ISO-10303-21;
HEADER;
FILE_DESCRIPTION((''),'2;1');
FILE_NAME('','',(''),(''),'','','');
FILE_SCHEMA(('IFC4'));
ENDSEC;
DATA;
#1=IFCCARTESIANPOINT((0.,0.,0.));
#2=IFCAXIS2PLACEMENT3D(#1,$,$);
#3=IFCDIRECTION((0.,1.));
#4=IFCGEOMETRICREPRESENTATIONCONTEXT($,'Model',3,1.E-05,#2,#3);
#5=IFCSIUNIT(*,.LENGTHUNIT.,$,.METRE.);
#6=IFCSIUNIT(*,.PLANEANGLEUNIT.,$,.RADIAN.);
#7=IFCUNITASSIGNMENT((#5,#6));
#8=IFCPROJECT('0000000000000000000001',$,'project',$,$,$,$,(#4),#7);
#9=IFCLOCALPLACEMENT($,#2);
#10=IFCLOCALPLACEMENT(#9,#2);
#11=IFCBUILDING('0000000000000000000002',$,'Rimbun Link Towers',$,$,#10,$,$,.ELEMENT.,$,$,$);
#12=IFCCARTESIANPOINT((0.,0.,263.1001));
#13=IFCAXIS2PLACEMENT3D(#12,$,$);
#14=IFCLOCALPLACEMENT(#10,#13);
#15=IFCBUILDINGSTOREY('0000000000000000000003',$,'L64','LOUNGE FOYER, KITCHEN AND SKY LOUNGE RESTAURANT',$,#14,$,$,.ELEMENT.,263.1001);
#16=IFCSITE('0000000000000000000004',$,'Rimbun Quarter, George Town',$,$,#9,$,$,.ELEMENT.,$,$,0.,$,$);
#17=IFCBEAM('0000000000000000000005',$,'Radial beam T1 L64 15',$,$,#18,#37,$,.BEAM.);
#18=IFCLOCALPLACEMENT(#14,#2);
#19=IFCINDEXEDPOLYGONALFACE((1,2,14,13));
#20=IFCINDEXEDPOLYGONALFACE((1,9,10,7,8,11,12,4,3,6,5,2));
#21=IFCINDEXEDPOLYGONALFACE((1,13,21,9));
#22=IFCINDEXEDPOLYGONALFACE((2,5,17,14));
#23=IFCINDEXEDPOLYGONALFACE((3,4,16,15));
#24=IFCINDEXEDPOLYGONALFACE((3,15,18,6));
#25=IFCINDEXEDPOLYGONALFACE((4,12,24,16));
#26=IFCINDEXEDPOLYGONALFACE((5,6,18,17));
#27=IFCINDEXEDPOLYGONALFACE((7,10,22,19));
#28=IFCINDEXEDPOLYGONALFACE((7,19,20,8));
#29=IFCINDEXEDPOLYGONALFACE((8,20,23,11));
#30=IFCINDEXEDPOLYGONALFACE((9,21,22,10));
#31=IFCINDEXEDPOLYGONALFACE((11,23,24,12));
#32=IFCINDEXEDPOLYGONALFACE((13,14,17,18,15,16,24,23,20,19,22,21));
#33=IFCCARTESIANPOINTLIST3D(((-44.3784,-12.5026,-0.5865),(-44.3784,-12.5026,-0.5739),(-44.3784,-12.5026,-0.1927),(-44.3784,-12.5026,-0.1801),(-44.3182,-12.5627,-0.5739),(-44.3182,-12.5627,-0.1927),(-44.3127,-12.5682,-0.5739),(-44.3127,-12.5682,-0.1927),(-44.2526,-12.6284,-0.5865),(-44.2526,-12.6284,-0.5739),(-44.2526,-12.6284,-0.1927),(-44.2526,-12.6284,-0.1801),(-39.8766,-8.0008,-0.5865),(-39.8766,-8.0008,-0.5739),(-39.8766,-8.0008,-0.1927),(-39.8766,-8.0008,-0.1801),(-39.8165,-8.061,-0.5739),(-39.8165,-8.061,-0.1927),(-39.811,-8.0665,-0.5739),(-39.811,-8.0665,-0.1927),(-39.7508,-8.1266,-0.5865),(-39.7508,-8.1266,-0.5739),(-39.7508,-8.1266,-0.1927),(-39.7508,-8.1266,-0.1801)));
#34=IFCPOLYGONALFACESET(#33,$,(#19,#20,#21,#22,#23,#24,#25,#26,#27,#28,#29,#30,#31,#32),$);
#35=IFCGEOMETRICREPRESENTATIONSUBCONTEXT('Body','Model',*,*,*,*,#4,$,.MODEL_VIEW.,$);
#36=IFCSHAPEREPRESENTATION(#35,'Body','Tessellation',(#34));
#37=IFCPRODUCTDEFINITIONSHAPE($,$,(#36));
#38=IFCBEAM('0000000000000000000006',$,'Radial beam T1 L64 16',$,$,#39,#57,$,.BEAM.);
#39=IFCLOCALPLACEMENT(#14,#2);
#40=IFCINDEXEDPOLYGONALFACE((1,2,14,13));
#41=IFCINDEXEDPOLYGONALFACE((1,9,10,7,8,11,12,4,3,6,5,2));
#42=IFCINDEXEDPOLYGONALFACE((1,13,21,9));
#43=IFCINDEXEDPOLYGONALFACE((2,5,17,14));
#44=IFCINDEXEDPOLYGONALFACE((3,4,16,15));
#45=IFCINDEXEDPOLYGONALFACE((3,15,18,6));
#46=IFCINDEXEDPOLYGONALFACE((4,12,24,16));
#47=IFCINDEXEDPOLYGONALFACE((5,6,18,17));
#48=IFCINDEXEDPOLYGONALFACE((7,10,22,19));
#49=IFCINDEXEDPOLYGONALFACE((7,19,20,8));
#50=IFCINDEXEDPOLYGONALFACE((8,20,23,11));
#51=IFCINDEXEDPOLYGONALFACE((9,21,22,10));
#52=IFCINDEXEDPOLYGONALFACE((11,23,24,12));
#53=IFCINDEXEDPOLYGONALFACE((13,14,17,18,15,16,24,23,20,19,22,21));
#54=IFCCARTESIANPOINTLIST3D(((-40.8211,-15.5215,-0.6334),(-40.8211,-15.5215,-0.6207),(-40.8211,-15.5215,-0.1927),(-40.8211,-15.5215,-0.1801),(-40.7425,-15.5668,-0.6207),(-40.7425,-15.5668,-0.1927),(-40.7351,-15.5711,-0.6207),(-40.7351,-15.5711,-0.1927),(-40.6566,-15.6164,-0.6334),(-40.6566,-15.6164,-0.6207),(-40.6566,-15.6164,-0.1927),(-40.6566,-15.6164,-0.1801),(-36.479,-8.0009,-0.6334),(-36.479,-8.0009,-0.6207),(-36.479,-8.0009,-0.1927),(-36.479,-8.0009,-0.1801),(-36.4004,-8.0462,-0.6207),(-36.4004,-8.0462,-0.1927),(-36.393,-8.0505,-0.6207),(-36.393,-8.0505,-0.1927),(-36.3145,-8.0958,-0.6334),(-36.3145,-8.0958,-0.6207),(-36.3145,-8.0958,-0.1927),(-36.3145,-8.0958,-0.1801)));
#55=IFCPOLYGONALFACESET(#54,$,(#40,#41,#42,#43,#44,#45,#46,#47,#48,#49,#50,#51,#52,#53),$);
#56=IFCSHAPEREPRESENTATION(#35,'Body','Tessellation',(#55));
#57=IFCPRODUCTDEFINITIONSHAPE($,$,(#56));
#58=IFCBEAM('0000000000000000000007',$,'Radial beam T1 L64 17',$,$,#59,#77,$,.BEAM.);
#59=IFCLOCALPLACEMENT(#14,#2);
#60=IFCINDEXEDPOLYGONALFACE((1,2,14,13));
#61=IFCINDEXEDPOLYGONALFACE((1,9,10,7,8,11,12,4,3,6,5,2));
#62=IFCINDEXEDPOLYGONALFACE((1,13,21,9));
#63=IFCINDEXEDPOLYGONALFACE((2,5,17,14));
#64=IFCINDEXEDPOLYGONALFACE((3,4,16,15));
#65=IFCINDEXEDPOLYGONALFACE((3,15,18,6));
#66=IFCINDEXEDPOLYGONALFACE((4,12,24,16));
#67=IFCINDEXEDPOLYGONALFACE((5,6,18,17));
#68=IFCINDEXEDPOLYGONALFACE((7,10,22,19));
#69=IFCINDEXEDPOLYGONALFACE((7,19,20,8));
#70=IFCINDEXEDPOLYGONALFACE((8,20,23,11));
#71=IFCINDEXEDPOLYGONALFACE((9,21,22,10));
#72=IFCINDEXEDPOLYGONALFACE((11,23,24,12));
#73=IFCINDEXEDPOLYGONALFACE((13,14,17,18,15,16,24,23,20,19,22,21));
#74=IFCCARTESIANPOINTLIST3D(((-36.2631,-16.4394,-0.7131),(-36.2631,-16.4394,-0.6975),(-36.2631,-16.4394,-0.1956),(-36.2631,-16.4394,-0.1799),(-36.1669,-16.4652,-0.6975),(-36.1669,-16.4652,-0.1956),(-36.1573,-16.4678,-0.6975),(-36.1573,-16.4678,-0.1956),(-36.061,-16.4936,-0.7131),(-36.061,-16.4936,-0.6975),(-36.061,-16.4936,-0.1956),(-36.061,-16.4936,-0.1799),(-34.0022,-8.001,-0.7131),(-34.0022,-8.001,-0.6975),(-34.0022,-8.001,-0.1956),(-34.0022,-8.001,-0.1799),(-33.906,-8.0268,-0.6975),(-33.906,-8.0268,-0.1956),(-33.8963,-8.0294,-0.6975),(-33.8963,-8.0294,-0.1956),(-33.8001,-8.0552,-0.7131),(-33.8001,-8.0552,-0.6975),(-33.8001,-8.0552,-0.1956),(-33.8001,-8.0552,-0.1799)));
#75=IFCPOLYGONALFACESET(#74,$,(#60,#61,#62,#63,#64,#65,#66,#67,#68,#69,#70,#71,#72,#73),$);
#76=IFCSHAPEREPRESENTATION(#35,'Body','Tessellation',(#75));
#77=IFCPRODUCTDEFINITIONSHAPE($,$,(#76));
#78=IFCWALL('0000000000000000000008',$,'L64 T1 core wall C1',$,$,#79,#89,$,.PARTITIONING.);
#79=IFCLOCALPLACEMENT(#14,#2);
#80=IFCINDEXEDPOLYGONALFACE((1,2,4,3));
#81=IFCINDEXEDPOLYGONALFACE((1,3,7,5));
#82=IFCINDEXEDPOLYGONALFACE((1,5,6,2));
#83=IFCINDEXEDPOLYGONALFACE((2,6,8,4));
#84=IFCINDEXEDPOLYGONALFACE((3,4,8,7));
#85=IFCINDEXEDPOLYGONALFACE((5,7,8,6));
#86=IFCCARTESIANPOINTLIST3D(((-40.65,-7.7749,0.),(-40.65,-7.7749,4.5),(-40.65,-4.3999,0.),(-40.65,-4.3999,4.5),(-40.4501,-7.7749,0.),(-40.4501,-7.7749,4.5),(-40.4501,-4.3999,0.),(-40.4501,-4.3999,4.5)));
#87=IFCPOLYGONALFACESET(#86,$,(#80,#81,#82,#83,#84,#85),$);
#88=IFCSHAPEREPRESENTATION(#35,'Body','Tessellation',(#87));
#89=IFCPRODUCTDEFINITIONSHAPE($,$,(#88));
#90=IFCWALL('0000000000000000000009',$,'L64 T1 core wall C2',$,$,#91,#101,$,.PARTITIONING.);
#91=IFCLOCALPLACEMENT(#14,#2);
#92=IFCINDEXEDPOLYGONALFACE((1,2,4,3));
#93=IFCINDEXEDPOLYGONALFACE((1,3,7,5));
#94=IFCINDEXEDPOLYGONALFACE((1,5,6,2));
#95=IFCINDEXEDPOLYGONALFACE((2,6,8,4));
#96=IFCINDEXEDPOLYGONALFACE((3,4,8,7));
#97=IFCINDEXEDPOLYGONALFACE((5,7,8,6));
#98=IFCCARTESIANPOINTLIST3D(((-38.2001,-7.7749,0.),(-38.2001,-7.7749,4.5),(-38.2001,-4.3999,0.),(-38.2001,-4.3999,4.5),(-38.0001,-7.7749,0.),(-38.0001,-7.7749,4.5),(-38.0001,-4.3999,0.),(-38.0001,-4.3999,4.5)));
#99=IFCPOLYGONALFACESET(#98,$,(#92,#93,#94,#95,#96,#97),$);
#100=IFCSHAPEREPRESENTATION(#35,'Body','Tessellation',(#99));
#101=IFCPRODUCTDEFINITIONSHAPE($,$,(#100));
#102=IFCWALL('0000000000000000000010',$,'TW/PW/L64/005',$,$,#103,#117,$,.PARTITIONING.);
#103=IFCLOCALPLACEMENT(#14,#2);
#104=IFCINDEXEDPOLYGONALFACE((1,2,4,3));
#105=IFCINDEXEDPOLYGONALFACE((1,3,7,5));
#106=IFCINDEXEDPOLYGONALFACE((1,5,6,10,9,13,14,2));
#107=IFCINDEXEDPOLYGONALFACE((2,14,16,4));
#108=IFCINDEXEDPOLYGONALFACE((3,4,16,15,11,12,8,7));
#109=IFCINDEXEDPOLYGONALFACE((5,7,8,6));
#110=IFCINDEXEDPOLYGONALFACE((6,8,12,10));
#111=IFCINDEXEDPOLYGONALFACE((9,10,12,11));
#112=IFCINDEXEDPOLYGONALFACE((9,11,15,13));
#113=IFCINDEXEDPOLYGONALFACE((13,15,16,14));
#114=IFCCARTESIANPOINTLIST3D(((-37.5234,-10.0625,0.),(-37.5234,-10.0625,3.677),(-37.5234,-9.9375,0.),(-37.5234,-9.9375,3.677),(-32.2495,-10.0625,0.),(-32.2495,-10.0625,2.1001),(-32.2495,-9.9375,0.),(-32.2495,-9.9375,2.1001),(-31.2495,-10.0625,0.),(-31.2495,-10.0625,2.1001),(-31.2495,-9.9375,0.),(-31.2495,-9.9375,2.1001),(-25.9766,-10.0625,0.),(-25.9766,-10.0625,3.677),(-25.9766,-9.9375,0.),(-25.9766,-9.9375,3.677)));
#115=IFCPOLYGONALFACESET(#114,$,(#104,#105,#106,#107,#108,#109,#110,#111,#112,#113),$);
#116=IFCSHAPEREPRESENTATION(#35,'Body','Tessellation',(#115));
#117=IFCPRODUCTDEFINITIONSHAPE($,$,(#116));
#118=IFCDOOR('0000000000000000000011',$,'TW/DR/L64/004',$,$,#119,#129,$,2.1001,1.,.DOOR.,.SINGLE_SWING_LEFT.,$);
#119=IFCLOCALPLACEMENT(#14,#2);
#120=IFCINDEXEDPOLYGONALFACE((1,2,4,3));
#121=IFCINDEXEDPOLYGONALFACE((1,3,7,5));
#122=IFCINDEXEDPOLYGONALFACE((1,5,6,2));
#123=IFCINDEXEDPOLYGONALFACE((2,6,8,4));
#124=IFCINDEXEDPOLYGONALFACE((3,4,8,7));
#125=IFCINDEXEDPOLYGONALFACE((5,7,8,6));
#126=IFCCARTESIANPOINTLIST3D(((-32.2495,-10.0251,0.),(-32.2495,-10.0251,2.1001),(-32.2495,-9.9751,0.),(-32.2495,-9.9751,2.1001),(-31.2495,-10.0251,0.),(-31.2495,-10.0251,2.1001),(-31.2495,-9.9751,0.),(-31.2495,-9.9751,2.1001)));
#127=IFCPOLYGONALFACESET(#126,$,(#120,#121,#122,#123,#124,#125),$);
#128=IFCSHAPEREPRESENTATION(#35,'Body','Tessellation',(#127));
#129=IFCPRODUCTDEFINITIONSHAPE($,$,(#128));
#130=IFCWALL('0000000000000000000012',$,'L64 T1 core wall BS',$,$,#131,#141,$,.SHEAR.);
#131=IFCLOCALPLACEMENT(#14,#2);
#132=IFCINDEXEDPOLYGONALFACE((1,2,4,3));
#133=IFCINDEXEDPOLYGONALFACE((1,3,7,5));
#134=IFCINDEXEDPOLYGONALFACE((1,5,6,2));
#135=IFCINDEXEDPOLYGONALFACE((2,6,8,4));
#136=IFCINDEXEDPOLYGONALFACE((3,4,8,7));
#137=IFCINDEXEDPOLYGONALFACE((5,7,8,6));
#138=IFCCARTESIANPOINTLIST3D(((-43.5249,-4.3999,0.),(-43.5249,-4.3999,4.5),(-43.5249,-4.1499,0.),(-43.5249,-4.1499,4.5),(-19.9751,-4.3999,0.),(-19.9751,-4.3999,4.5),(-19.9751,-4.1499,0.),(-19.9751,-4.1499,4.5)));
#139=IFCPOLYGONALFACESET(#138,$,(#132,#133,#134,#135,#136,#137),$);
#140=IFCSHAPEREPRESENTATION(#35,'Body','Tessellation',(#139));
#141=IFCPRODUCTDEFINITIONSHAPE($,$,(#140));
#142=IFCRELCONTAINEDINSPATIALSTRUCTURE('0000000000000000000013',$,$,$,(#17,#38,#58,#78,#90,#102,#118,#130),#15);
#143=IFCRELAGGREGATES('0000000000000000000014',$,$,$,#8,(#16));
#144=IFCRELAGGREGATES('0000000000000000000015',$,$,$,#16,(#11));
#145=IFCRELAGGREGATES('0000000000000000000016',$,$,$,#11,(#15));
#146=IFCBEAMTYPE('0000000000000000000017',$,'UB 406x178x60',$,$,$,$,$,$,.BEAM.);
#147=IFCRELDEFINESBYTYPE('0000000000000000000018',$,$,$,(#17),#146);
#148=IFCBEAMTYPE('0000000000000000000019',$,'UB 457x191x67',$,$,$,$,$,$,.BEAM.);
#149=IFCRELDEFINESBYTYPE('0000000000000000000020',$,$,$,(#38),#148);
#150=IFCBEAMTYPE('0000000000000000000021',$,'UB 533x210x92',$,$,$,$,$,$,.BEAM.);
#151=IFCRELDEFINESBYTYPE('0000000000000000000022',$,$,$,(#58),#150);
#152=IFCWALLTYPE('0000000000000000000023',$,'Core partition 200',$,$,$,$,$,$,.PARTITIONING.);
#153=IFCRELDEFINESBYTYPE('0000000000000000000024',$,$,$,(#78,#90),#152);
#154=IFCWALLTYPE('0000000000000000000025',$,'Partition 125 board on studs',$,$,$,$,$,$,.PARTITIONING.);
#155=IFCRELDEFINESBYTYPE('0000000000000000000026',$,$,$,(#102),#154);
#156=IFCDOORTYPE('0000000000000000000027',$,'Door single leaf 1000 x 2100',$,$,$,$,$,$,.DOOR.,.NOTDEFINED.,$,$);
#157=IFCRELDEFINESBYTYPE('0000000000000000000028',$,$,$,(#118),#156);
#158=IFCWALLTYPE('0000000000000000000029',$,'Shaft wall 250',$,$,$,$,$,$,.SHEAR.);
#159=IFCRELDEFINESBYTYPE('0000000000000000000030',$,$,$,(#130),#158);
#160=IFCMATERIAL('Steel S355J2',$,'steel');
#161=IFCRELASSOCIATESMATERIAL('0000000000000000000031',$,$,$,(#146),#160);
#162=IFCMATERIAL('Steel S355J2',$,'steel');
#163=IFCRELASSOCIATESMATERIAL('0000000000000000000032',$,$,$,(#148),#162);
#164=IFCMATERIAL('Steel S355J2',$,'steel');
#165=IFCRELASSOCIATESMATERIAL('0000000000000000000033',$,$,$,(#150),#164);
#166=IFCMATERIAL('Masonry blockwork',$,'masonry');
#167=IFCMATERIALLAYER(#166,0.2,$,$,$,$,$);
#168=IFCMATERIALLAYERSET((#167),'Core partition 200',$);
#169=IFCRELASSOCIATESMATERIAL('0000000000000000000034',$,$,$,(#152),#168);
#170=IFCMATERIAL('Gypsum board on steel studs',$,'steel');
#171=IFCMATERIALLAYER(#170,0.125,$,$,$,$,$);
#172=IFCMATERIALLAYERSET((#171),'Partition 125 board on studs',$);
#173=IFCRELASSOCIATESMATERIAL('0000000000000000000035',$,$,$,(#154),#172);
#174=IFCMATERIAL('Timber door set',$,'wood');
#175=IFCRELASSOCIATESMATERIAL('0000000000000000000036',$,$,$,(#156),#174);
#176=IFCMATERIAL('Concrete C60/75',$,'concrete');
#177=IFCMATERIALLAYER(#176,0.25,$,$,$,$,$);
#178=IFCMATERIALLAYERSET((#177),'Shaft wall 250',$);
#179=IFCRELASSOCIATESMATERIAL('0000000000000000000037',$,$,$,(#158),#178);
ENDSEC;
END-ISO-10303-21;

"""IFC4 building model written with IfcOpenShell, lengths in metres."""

from ifc_helpers import new_model, si_unit, direction, frame, frame_2d, origin, origin_2d, place, context, subcontext, project, spatial, rectangle, i_section, extrude, material, layer, layer_set, material_profile, profile_set, type_object, element, fill, save


model = new_model("IFC4")

# Units and contexts
model_context = context("Model", 3, precision=1e-05, world=origin(), true_north=direction((0.0, 1.0)))
body_context = subcontext(model_context, "Body", "Model", "MODEL_VIEW")
ifc_project = project(units=[si_unit("LENGTHUNIT", "METRE"), si_unit("PLANEANGLEUNIT", "RADIAN")], contexts=[model_context])

# Site, building, storey
site_placement = place(None, origin())
site = spatial("IfcSite", under=ifc_project, at=site_placement, Name="Rimbun Quarter, George Town", CompositionType="ELEMENT", RefElevation=0.0)
building_placement = place(site_placement, origin())
building = spatial("IfcBuilding", under=site, at=building_placement, Name="Rimbun Link Towers", CompositionType="ELEMENT")
storey_placement = place(building_placement, frame((0.0, 0.0, 263.1001)))
storey = spatial("IfcBuildingStorey", under=building, at=storey_placement, Name="L64", Description="LOUNGE FOYER, KITCHEN AND SKY LOUNGE RESTAURANT", CompositionType="ELEMENT", Elevation=263.1001)

# Beams
ifc_material_1 = material(Name="Steel S355J2", Category="steel")
ifc_material_profile_1 = material_profile(ifc_material_1, i_section(OverallWidth=0.178, OverallDepth=0.4065, WebThickness=0.0078, FlangeThickness=0.0127, at=origin_2d()), Name="UB 406x178x60")
ifc_profile_set_1 = profile_set([ifc_material_profile_1], Name="Steel S355J2")
beam_type_1 = type_object("IfcBeamType", Name="UB 406x178x60", PredefinedType="BEAM", material=ifc_profile_set_1)
beam_1_placement = place(storey_placement, frame((-39.8137, -8.0637, -0.3833), z_axis=(-0.707107, -0.707107, 0.0), x_axis=(0.707107, -0.707107, 0.0)))
element("IfcBeam", 1, at=beam_1_placement, inside=storey, type_object=beam_type_1, Name="Radial beam T1 L64 15", PredefinedType="BEAM", context=body_context, shape_type="SweptSolid", body=[
    extrude(i_section(OverallWidth=0.178, OverallDepth=0.4065, WebThickness=0.0078, FlangeThickness=0.0127, at=origin_2d()), origin(), (0.0, 0.0, 1.0), 6.3665),
])
ifc_material_2 = material(Name="Steel S355J2", Category="steel")
ifc_material_profile_2 = material_profile(ifc_material_2, i_section(OverallWidth=0.1899, OverallDepth=0.4534, WebThickness=0.0085, FlangeThickness=0.0127, at=origin_2d()), Name="UB 457x191x67")
ifc_profile_set_2 = profile_set([ifc_material_profile_2], Name="Steel S355J2")
beam_type_2 = type_object("IfcBeamType", Name="UB 457x191x67", PredefinedType="BEAM", material=ifc_profile_set_2)
beam_2_placement = place(storey_placement, frame((-36.3967, -8.0483, -0.4067), z_axis=(-0.500006, -0.866022, 0.0), x_axis=(0.866022, -0.500006, 0.0)))
element("IfcBeam", 2, at=beam_2_placement, inside=storey, type_object=beam_type_2, Name="Radial beam T1 L64 16", PredefinedType="BEAM", context=body_context, shape_type="SweptSolid", body=[
    extrude(i_section(OverallWidth=0.1899, OverallDepth=0.4534, WebThickness=0.0085, FlangeThickness=0.0127, at=origin_2d()), origin(), (0.0, 0.0, 1.0), 8.6841),
])
ifc_material_3 = material(Name="Steel S355J2", Category="steel")
ifc_material_profile_3 = material_profile(ifc_material_3, i_section(OverallWidth=0.2092, OverallDepth=0.5332, WebThickness=0.01, FlangeThickness=0.0156, at=origin_2d()), Name="UB 533x210x92")
ifc_profile_set_3 = profile_set([ifc_material_profile_3], Name="Steel S355J2")
beam_type_3 = type_object("IfcBeamType", Name="UB 533x210x92", PredefinedType="BEAM", material=ifc_profile_set_3)
beam_3_placement = place(storey_placement, frame((-33.9011, -8.0281, -0.4465), z_axis=(-0.258809, -0.965929, 0.0), x_axis=(0.965929, -0.258809, 0.0)))
element("IfcBeam", 3, at=beam_3_placement, inside=storey, type_object=beam_type_3, Name="Radial beam T1 L64 17", PredefinedType="BEAM", context=body_context, shape_type="SweptSolid", body=[
    extrude(i_section(OverallWidth=0.2092, OverallDepth=0.5332, WebThickness=0.01, FlangeThickness=0.0156, at=origin_2d()), origin(), (0.0, 0.0, 1.0), 8.7361),
])

# Walls
ifc_material_4 = material(Name="Masonry blockwork", Category="masonry")
ifc_layer_1 = layer(ifc_material_4, 0.2)
ifc_layer_set_1 = layer_set([ifc_layer_1], Name="Core partition 200")
wall_type_1 = type_object("IfcWallType", Name="Core partition 200", PredefinedType="PARTITIONING", material=ifc_layer_set_1)
for number, where, z_axis, x_axis, name in (
    (4, (-40.55, -4.3999, 0.0), (0.0, 0.0, 1.0), (0.0, -1.0, 0.0), "L64 T1 core wall C1"),
    (5, (-38.1001, -4.3999, 0.0), (0.0, 0.0, 1.0), (0.0, -1.0, 0.0), "L64 T1 core wall C2"),
):
    element("IfcWall", number, at=place(storey_placement, frame(where, z_axis=z_axis, x_axis=x_axis)), inside=storey, type_object=wall_type_1, Name=name, PredefinedType="PARTITIONING", context=body_context, shape_type="SweptSolid", body=[
        extrude(rectangle(XDim=3.375, YDim=0.2, at=frame_2d((1.6875, 0.0))), origin(), (0.0, 0.0, 1.0), 4.5),
    ])

# Wall, opening, door
ifc_material_5 = material(Name="Gypsum board on steel studs", Category="steel")
ifc_layer_2 = layer(ifc_material_5, 0.125)
ifc_layer_set_2 = layer_set([ifc_layer_2], Name="Partition 125 board on studs")
wall_type_2 = type_object("IfcWallType", Name="Partition 125 board on studs", PredefinedType="PARTITIONING", material=ifc_layer_set_2)
wall_1_placement = place(storey_placement, frame((-37.5234, -10.0, 0.0), z_axis=(0.0, 0.0, 1.0), x_axis=(1.0, 0.0, 0.0)))
wall_1 = element("IfcWall", 6, at=wall_1_placement, inside=storey, type_object=wall_type_2, Name="TW/PW/L64/005", PredefinedType="PARTITIONING", context=body_context, shape_type="SweptSolid", body=[
    extrude(rectangle(XDim=11.5469, YDim=0.125, at=frame_2d((5.7734, 0.0))), origin(), (0.0, 0.0, 1.0), 3.677),
])
opening_1_placement = place(wall_1_placement, frame((5.2739, 0.0, 0.0)))
opening_1 = element("IfcOpeningElement", 7, at=opening_1_placement, cuts=wall_1, PredefinedType="OPENING", context=body_context, shape_type="SweptSolid", body=[
    extrude(rectangle(XDim=1.0, YDim=2.1001, at=frame_2d((0.5, 1.05))), frame((0.0, 0.0725, 0.0), z_axis=(0.0, -1.0, 0.0), x_axis=(1.0, 0.0, 0.0)), (0.0, 0.0, 1.0), 0.145),
])
ifc_material_6 = material(Name="Timber door set", Category="wood")
door_type_1 = type_object("IfcDoorType", Name="Door single leaf 1000 x 2100", OperationType="NOTDEFINED", PredefinedType="DOOR", material=ifc_material_6)
door_1_placement = place(opening_1_placement, origin())
door_1 = element("IfcDoor", 8, at=door_1_placement, inside=storey, type_object=door_type_1, Name="TW/DR/L64/004", OperationType="SINGLE_SWING_LEFT", OverallHeight=2.1001, OverallWidth=1.0, PredefinedType="DOOR", context=body_context, shape_type="SweptSolid", body=[
    extrude(rectangle(XDim=1.0, YDim=2.1001, at=frame_2d((0.5, 1.05))), frame((0.0, 0.0249, 0.0), z_axis=(0.0, -1.0, 0.0), x_axis=(1.0, 0.0, 0.0)), (0.0, 0.0, 1.0), 0.05),
])
fill(opening_1, door_1)

# Wall
ifc_material_7 = material(Name="Concrete C60/75", Category="concrete")
ifc_layer_3 = layer(ifc_material_7, 0.25)
ifc_layer_set_3 = layer_set([ifc_layer_3], Name="Shaft wall 250")
wall_type_3 = type_object("IfcWallType", Name="Shaft wall 250", PredefinedType="SHEAR", material=ifc_layer_set_3)
wall_2_placement = place(storey_placement, frame((-43.5249, -4.2749, 0.0), z_axis=(0.0, 0.0, 1.0), x_axis=(1.0, 0.0, 0.0)))
element("IfcWall", 9, at=wall_2_placement, inside=storey, type_object=wall_type_3, Name="L64 T1 core wall BS", PredefinedType="SHEAR", context=body_context, shape_type="SweptSolid", body=[
    extrude(rectangle(XDim=23.5498, YDim=0.25, at=frame_2d((11.7749, 0.0))), origin(), (0.0, 0.0, 1.0), 4.5),
])

save(model, "model.ifc")
